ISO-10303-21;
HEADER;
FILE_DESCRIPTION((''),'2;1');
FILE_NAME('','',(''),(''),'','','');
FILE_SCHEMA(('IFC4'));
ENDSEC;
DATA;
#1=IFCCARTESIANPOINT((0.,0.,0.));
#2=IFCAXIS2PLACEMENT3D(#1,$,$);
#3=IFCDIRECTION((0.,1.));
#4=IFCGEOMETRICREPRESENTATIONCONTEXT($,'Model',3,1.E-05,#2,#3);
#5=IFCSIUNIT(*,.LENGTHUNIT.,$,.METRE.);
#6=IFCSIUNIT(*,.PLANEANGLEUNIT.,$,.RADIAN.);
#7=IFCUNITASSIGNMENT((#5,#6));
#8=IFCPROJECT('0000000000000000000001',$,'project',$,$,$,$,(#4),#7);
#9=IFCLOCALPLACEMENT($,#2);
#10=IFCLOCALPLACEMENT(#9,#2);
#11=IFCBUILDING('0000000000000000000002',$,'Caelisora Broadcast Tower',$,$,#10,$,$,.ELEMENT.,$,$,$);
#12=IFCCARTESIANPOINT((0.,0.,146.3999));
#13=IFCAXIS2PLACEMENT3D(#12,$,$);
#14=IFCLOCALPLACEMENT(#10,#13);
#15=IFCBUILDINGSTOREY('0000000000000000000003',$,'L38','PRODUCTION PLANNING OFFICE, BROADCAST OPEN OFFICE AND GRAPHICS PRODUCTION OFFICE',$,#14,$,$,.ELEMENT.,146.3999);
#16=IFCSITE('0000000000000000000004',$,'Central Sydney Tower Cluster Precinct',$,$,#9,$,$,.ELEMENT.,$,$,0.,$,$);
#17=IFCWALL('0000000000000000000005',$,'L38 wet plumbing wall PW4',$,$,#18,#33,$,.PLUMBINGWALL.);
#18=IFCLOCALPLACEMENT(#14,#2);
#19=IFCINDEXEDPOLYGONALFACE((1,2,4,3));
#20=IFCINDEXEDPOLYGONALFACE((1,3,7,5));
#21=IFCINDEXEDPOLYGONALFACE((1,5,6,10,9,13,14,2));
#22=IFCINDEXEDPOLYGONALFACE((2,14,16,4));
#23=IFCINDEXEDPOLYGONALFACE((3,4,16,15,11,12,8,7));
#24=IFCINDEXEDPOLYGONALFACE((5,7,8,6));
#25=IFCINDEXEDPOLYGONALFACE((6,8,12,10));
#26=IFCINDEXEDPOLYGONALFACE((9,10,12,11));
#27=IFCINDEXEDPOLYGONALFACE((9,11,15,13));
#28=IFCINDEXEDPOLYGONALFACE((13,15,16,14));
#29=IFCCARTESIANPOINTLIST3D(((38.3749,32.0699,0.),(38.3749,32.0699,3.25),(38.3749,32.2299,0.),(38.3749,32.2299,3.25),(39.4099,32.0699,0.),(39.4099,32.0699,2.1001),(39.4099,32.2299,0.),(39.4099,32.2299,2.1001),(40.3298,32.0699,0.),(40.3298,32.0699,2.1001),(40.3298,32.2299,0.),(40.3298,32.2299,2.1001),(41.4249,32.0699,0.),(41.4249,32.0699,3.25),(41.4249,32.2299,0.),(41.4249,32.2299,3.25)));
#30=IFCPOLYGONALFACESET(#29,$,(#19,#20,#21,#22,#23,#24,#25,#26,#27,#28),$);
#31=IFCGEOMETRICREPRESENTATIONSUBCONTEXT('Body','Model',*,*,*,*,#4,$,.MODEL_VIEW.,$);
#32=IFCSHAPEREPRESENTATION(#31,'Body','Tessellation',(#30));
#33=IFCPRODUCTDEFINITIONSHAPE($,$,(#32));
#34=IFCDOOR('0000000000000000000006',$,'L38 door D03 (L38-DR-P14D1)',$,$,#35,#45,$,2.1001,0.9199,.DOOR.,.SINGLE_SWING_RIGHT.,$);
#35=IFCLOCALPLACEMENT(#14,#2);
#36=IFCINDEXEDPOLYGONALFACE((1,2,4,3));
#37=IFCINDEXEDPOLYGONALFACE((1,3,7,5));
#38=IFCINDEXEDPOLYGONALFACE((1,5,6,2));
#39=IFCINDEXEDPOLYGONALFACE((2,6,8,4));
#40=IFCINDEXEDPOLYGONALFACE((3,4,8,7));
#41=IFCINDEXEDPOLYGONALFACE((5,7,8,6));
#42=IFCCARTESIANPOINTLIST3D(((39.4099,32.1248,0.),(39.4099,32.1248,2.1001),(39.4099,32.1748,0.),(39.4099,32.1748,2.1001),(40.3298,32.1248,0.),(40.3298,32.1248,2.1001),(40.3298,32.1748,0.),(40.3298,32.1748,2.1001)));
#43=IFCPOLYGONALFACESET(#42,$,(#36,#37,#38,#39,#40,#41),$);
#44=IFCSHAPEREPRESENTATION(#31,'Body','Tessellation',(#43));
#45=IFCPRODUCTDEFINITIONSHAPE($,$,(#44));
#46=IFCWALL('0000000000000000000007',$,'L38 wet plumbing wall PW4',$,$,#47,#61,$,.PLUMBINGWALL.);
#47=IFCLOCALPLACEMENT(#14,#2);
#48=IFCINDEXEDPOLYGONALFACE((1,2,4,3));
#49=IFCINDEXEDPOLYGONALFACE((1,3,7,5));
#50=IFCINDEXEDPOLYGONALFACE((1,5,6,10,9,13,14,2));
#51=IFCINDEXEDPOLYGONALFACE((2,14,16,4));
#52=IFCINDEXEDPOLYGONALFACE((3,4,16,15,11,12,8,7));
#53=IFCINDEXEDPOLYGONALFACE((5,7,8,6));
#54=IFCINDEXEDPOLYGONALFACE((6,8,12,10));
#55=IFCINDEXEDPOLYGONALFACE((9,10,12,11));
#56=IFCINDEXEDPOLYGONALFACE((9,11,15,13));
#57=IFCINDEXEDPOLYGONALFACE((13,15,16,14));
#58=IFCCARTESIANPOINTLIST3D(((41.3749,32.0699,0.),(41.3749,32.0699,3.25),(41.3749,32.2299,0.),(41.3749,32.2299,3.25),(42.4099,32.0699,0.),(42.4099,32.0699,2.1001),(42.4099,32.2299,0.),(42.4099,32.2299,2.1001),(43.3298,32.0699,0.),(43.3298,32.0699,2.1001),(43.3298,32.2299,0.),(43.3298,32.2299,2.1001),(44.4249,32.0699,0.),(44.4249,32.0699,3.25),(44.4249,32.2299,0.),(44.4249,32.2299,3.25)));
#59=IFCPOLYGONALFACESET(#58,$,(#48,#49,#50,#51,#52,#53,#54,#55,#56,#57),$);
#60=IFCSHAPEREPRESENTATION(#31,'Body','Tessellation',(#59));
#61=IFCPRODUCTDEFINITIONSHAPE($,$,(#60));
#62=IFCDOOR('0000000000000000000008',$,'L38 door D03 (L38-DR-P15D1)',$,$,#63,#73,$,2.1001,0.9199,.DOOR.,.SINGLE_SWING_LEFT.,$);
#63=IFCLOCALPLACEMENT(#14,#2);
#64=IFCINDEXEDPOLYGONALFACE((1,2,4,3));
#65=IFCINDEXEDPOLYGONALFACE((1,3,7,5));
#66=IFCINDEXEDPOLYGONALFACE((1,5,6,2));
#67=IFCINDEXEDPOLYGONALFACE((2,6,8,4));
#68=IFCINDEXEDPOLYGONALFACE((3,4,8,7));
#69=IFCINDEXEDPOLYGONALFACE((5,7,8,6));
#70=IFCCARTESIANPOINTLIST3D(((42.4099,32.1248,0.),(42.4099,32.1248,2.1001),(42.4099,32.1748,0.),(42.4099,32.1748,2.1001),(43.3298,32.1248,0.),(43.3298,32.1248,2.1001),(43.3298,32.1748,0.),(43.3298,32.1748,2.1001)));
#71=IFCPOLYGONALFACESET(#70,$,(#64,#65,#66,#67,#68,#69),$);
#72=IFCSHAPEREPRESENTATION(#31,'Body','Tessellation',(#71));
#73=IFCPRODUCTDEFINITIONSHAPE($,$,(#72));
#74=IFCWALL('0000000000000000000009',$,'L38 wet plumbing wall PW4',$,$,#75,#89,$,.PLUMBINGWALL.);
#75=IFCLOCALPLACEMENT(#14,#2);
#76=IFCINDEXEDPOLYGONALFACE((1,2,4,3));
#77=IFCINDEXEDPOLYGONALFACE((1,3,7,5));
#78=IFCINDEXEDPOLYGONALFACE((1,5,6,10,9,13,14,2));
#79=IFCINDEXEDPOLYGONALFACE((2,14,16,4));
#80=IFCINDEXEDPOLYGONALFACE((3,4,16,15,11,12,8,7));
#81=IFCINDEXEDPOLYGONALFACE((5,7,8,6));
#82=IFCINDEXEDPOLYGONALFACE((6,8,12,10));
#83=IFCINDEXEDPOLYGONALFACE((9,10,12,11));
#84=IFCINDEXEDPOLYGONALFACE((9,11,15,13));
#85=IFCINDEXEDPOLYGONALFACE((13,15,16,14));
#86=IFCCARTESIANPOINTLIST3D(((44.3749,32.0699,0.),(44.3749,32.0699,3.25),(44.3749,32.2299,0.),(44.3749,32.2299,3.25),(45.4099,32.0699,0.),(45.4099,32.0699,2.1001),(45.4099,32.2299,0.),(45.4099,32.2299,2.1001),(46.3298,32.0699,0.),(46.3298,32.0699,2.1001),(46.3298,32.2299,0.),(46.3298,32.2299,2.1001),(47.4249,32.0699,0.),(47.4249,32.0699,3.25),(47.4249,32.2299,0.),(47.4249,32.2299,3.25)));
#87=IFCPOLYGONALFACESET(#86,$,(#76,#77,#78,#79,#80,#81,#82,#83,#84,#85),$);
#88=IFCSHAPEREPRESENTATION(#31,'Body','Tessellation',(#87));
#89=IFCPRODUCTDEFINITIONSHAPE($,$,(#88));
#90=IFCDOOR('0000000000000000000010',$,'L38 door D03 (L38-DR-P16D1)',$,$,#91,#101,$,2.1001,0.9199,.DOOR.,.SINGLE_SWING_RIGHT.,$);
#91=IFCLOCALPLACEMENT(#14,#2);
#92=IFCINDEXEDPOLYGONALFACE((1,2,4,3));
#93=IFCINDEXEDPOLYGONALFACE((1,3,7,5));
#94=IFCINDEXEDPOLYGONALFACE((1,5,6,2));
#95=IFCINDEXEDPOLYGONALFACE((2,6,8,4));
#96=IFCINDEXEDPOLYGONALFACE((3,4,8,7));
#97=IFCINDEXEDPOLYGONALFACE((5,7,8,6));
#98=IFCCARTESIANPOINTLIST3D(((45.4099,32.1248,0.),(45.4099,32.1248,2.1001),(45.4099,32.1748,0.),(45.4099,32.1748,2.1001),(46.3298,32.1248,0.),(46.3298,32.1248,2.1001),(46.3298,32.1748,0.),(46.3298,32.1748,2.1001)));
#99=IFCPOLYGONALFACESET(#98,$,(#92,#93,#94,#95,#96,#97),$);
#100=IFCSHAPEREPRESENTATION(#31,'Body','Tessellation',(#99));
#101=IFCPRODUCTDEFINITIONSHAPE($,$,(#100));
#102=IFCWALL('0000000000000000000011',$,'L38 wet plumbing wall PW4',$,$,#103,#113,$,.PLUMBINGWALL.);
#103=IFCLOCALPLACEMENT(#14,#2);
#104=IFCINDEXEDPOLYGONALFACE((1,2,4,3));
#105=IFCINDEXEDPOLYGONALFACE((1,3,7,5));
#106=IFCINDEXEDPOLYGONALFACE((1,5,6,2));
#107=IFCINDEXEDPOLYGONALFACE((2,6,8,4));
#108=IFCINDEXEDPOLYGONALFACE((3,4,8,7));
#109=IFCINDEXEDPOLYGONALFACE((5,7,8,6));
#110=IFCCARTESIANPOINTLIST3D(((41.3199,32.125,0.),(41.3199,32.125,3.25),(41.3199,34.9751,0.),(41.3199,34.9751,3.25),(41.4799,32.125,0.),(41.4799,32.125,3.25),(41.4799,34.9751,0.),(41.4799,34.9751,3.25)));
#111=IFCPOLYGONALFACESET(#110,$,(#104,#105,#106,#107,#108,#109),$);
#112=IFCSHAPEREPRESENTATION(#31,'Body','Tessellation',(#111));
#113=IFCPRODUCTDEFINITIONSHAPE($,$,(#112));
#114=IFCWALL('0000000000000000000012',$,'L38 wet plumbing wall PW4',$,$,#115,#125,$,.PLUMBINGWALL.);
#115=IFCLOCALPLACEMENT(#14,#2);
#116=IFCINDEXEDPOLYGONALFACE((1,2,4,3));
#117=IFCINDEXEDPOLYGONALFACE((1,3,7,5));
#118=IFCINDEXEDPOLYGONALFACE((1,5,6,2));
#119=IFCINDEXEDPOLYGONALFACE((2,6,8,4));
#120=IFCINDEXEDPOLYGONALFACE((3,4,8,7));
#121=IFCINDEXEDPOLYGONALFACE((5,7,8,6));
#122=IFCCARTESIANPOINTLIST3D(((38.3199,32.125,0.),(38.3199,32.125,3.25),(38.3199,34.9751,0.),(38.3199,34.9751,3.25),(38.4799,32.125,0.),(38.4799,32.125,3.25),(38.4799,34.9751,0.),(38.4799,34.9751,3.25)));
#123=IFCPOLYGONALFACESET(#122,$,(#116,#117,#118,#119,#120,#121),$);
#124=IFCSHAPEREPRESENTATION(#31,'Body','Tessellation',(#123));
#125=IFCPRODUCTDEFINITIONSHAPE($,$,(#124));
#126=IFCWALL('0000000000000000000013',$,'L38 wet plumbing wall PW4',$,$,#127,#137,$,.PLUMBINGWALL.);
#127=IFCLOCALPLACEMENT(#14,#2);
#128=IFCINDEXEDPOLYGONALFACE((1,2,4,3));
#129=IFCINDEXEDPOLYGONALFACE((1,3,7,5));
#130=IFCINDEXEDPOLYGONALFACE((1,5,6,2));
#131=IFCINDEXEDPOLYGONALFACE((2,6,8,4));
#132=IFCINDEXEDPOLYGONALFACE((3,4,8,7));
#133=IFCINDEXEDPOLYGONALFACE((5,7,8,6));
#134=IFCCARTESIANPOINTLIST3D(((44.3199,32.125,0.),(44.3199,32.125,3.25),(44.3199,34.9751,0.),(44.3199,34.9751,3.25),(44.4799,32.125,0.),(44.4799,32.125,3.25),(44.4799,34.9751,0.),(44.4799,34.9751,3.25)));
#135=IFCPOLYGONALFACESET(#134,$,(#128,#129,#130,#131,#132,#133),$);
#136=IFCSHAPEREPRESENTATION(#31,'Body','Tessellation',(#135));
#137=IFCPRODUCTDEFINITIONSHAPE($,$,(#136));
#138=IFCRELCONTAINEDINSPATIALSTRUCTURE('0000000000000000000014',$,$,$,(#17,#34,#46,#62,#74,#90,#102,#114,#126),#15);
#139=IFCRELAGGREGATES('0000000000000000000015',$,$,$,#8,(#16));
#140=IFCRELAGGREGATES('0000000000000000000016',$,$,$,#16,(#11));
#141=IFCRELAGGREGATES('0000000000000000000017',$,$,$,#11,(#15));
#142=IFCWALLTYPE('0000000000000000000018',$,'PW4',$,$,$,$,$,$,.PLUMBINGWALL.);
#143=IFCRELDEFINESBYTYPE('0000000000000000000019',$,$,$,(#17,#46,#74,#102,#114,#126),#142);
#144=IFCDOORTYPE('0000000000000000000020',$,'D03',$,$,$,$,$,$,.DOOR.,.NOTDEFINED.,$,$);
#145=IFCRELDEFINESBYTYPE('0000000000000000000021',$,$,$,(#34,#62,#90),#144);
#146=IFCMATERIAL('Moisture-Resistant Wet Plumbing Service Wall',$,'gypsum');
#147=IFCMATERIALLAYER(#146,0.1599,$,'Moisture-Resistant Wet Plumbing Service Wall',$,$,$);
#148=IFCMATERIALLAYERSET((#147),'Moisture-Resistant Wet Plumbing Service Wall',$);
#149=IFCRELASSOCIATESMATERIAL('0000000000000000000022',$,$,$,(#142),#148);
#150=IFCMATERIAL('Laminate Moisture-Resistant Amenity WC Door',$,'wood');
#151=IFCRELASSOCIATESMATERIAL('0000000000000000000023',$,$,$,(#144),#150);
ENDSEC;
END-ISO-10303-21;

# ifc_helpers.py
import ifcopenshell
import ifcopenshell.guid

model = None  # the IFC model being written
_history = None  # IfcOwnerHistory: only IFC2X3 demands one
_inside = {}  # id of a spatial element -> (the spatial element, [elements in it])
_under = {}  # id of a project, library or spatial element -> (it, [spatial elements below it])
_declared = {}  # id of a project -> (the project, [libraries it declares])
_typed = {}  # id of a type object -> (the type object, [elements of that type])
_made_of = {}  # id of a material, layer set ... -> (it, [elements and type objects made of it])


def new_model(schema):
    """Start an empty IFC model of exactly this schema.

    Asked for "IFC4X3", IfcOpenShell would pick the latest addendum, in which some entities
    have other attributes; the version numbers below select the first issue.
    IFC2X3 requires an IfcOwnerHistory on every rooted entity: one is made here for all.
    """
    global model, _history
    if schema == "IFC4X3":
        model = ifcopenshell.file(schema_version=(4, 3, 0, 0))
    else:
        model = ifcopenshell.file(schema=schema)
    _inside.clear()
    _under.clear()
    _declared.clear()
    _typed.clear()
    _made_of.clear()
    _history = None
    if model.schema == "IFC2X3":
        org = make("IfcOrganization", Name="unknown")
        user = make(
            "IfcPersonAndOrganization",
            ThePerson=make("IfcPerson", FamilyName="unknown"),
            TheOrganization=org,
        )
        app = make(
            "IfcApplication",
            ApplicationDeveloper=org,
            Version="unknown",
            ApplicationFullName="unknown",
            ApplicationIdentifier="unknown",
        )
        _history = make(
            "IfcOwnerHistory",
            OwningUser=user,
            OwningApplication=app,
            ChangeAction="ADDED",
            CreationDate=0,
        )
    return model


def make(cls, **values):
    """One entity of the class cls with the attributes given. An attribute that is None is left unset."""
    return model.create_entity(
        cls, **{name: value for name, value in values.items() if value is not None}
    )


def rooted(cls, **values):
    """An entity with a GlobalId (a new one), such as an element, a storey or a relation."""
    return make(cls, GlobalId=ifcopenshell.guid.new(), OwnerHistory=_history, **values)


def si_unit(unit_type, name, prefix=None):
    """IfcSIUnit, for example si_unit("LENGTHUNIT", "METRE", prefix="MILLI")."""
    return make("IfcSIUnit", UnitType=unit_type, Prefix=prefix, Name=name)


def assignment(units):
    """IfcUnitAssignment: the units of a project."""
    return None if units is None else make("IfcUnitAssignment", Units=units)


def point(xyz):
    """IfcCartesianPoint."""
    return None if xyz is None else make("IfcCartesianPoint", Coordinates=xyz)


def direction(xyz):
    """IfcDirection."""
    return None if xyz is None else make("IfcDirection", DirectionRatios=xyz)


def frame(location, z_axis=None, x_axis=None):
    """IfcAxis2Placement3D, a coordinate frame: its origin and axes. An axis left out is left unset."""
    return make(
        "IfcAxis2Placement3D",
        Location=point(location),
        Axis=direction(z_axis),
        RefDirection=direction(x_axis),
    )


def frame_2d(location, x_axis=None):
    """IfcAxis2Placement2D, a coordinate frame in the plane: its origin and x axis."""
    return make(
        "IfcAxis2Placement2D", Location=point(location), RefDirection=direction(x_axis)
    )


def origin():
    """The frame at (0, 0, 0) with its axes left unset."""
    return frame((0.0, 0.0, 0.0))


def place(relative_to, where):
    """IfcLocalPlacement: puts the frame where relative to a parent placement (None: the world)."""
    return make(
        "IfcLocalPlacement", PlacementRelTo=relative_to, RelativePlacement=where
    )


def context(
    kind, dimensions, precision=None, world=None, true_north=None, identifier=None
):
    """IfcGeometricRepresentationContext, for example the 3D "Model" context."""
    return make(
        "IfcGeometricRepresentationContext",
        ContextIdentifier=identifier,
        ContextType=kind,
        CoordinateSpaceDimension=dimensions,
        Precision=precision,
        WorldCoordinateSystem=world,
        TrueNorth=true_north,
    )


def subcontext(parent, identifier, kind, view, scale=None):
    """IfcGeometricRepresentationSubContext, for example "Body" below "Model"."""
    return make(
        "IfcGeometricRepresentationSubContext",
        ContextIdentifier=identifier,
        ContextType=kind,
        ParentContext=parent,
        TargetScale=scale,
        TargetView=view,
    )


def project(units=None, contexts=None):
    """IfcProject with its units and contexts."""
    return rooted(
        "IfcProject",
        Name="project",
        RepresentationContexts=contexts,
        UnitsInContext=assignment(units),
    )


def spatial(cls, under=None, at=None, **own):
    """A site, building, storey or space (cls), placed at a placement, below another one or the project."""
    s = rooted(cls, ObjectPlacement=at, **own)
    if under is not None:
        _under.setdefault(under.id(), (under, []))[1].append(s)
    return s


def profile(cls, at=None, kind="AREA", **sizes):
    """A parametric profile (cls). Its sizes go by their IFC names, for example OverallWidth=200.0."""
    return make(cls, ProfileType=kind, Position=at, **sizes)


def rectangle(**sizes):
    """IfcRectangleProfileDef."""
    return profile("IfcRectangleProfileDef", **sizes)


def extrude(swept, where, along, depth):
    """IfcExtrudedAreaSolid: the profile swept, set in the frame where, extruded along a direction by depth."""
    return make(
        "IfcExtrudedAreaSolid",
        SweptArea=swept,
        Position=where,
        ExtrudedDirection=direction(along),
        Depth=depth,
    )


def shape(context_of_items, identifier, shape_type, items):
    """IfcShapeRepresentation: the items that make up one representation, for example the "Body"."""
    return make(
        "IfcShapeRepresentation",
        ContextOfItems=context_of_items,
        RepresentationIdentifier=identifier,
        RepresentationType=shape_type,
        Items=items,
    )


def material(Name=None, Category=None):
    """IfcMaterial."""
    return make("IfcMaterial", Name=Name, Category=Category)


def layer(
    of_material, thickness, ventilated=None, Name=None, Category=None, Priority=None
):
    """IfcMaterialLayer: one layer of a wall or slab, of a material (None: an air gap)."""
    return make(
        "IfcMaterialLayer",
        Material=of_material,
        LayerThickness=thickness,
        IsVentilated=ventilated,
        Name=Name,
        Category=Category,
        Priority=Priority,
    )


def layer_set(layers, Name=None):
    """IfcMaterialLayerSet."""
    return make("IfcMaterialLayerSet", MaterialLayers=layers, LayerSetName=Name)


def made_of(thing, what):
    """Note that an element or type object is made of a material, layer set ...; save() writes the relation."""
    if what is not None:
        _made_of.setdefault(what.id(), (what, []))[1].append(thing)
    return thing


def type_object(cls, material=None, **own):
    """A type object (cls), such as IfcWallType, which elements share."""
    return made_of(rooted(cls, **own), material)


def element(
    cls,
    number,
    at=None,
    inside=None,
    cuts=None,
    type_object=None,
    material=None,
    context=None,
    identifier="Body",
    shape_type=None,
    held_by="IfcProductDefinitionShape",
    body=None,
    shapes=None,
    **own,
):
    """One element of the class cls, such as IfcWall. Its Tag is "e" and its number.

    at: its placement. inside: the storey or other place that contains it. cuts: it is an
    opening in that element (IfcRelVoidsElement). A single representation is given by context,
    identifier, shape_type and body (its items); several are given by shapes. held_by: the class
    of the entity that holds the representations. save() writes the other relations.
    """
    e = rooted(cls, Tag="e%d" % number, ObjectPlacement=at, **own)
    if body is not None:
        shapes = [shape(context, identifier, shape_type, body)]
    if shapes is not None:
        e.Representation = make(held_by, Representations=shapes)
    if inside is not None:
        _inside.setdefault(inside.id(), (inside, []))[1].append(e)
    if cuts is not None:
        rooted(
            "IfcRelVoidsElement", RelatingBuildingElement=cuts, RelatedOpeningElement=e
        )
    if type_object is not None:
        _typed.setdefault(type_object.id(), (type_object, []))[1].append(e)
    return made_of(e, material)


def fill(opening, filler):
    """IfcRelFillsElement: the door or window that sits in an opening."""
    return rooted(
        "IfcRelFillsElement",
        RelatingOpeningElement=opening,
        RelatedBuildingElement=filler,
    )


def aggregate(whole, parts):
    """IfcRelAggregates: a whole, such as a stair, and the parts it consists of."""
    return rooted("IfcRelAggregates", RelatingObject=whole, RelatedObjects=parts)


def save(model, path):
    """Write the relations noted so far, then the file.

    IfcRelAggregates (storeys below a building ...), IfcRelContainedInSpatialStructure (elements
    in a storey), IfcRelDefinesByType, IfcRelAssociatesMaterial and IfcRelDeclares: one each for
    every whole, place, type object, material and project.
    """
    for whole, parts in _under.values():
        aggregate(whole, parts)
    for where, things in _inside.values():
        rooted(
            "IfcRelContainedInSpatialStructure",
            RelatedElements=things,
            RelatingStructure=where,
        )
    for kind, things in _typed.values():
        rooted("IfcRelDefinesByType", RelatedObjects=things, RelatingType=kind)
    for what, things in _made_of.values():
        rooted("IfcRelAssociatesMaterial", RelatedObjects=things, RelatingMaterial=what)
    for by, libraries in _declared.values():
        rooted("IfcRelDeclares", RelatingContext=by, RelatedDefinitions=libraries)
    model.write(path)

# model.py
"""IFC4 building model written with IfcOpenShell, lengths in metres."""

from ifc_helpers import new_model, si_unit, direction, frame, frame_2d, origin, place, context, subcontext, project, spatial, rectangle, extrude, material, layer, layer_set, type_object, element, fill, save


model = new_model("IFC4")

# Units and contexts
model_context = context("Model", 3, precision=1e-05, world=origin(), true_north=direction((0.0, 1.0)))
body_context = subcontext(model_context, "Body", "Model", "MODEL_VIEW")
ifc_project = project(units=[si_unit("LENGTHUNIT", "METRE"), si_unit("PLANEANGLEUNIT", "RADIAN")], contexts=[model_context])

# Site, building, storey
site_placement = place(None, origin())
site = spatial("IfcSite", under=ifc_project, at=site_placement, Name="Central Sydney Tower Cluster Precinct", CompositionType="ELEMENT", RefElevation=0.0)
building_placement = place(site_placement, origin())
building = spatial("IfcBuilding", under=site, at=building_placement, Name="Caelisora Broadcast Tower", CompositionType="ELEMENT")
storey_placement = place(building_placement, frame((0.0, 0.0, 146.3999)))
storey = spatial("IfcBuildingStorey", under=building, at=storey_placement, Name="L38", Description="PRODUCTION PLANNING OFFICE, BROADCAST OPEN OFFICE AND GRAPHICS PRODUCTION OFFICE", CompositionType="ELEMENT", Elevation=146.3999)

# Walls, openings, doors
ifc_material_1 = material(Name="Moisture-Resistant Wet Plumbing Service Wall", Category="gypsum")
ifc_layer_1 = layer(ifc_material_1, 0.1599, Name="Moisture-Resistant Wet Plumbing Service Wall")
ifc_layer_set_1 = layer_set([ifc_layer_1], Name="Moisture-Resistant Wet Plumbing Service Wall")
wall_type_1 = type_object("IfcWallType", Name="PW4", PredefinedType="PLUMBINGWALL", material=ifc_layer_set_1)
wall_1_placement = place(storey_placement, frame((38.375, 32.1499, 0.0), z_axis=(0.0, 0.0, 1.0), x_axis=(1.0, 0.0, 0.0)))
wall_1 = element("IfcWall", 1, at=wall_1_placement, inside=storey, type_object=wall_type_1, Name="L38 wet plumbing wall PW4", PredefinedType="PLUMBINGWALL", context=body_context, shape_type="SweptSolid", body=[
    extrude(rectangle(XDim=3.05, YDim=0.1599, at=frame_2d((1.5249, 0.0))), origin(), (0.0, 0.0, 1.0), 3.25),
])
opening_1_placement = place(wall_1_placement, frame((1.0349, 0.0, 0.0)))
opening_1 = element("IfcOpeningElement", 2, at=opening_1_placement, cuts=wall_1, PredefinedType="OPENING", context=body_context, shape_type="SweptSolid", body=[
    extrude(rectangle(XDim=0.9199, YDim=2.1001, at=frame_2d((0.46, 1.05))), frame((0.0, 0.092, 0.0), z_axis=(0.0, -1.0, 0.0), x_axis=(1.0, 0.0, 0.0)), (0.0, 0.0, 1.0), 0.1838),
])
ifc_material_2 = material(Name="Laminate Moisture-Resistant Amenity WC Door", Category="wood")
door_type_1 = type_object("IfcDoorType", Name="D03", OperationType="NOTDEFINED", PredefinedType="DOOR", material=ifc_material_2)
door_1_placement = place(opening_1_placement, origin())
door_1 = element("IfcDoor", 3, at=door_1_placement, inside=storey, type_object=door_type_1, Name="L38 door D03 (L38-DR-P14D1)", OperationType="SINGLE_SWING_RIGHT", OverallHeight=2.1001, OverallWidth=0.9199, PredefinedType="DOOR", context=body_context, shape_type="SweptSolid", body=[
    extrude(rectangle(XDim=0.9199, YDim=2.1001, at=frame_2d((0.46, 1.05))), frame((0.0, 0.0249, 0.0), z_axis=(0.0, -1.0, 0.0), x_axis=(1.0, 0.0, 0.0)), (0.0, 0.0, 1.0), 0.05),
])
fill(opening_1, door_1)
wall_2_placement = place(storey_placement, frame((41.375, 32.1499, 0.0), z_axis=(0.0, 0.0, 1.0), x_axis=(1.0, 0.0, 0.0)))
wall_2 = element("IfcWall", 4, at=wall_2_placement, inside=storey, type_object=wall_type_1, Name="L38 wet plumbing wall PW4", PredefinedType="PLUMBINGWALL", context=body_context, shape_type="SweptSolid", body=[
    extrude(rectangle(XDim=3.05, YDim=0.1599, at=frame_2d((1.5249, 0.0))), origin(), (0.0, 0.0, 1.0), 3.25),
])
opening_2_placement = place(wall_2_placement, frame((1.0349, 0.0, 0.0)))
opening_2 = element("IfcOpeningElement", 5, at=opening_2_placement, cuts=wall_2, PredefinedType="OPENING", context=body_context, shape_type="SweptSolid", body=[
    extrude(rectangle(XDim=0.9199, YDim=2.1001, at=frame_2d((0.46, 1.05))), frame((0.0, 0.092, 0.0), z_axis=(0.0, -1.0, 0.0), x_axis=(1.0, 0.0, 0.0)), (0.0, 0.0, 1.0), 0.1838),
])
door_2_placement = place(opening_2_placement, origin())
door_2 = element("IfcDoor", 6, at=door_2_placement, inside=storey, type_object=door_type_1, Name="L38 door D03 (L38-DR-P15D1)", OperationType="SINGLE_SWING_LEFT", OverallHeight=2.1001, OverallWidth=0.9199, PredefinedType="DOOR", context=body_context, shape_type="SweptSolid", body=[
    extrude(rectangle(XDim=0.9199, YDim=2.1001, at=frame_2d((0.46, 1.05))), frame((0.0, 0.0249, 0.0), z_axis=(0.0, -1.0, 0.0), x_axis=(1.0, 0.0, 0.0)), (0.0, 0.0, 1.0), 0.05),
])
fill(opening_2, door_2)
wall_3_placement = place(storey_placement, frame((44.375, 32.1499, 0.0), z_axis=(0.0, 0.0, 1.0), x_axis=(1.0, 0.0, 0.0)))
wall_3 = element("IfcWall", 7, at=wall_3_placement, inside=storey, type_object=wall_type_1, Name="L38 wet plumbing wall PW4", PredefinedType="PLUMBINGWALL", context=body_context, shape_type="SweptSolid", body=[
    extrude(rectangle(XDim=3.05, YDim=0.1599, at=frame_2d((1.5249, 0.0))), origin(), (0.0, 0.0, 1.0), 3.25),
])
opening_3_placement = place(wall_3_placement, frame((1.0349, 0.0, 0.0)))
opening_3 = element("IfcOpeningElement", 8, at=opening_3_placement, cuts=wall_3, PredefinedType="OPENING", context=body_context, shape_type="SweptSolid", body=[
    extrude(rectangle(XDim=0.9199, YDim=2.1001, at=frame_2d((0.46, 1.05))), frame((0.0, 0.092, 0.0), z_axis=(0.0, -1.0, 0.0), x_axis=(1.0, 0.0, 0.0)), (0.0, 0.0, 1.0), 0.1838),
])
door_3_placement = place(opening_3_placement, origin())
door_3 = element("IfcDoor", 9, at=door_3_placement, inside=storey, type_object=door_type_1, Name="L38 door D03 (L38-DR-P16D1)", OperationType="SINGLE_SWING_RIGHT", OverallHeight=2.1001, OverallWidth=0.9199, PredefinedType="DOOR", context=body_context, shape_type="SweptSolid", body=[
    extrude(rectangle(XDim=0.9199, YDim=2.1001, at=frame_2d((0.46, 1.05))), frame((0.0, 0.0249, 0.0), z_axis=(0.0, -1.0, 0.0), x_axis=(1.0, 0.0, 0.0)), (0.0, 0.0, 1.0), 0.05),
])
fill(opening_3, door_3)

# Walls
for number, where, z_axis, x_axis, name in (
    (10, (41.3999, 32.125, 0.0), (0.0, 0.0, 1.0), (0.0, 1.0, 0.0), "L38 wet plumbing wall PW4"),
    (11, (38.3999, 32.125, 0.0), (0.0, 0.0, 1.0), (0.0, 1.0, 0.0), "L38 wet plumbing wall PW4"),
    (12, (44.3999, 32.125, 0.0), (0.0, 0.0, 1.0), (0.0, 1.0, 0.0), "L38 wet plumbing wall PW4"),
):
    element("IfcWall", number, at=place(storey_placement, frame(where, z_axis=z_axis, x_axis=x_axis)), inside=storey, type_object=wall_type_1, Name=name, PredefinedType="PLUMBINGWALL", context=body_context, shape_type="SweptSolid", body=[
        extrude(rectangle(XDim=2.8501, YDim=0.1599, at=frame_2d((1.425, 0.0))), origin(), (0.0, 0.0, 1.0), 3.25),
    ])

save(model, "model.ifc")
